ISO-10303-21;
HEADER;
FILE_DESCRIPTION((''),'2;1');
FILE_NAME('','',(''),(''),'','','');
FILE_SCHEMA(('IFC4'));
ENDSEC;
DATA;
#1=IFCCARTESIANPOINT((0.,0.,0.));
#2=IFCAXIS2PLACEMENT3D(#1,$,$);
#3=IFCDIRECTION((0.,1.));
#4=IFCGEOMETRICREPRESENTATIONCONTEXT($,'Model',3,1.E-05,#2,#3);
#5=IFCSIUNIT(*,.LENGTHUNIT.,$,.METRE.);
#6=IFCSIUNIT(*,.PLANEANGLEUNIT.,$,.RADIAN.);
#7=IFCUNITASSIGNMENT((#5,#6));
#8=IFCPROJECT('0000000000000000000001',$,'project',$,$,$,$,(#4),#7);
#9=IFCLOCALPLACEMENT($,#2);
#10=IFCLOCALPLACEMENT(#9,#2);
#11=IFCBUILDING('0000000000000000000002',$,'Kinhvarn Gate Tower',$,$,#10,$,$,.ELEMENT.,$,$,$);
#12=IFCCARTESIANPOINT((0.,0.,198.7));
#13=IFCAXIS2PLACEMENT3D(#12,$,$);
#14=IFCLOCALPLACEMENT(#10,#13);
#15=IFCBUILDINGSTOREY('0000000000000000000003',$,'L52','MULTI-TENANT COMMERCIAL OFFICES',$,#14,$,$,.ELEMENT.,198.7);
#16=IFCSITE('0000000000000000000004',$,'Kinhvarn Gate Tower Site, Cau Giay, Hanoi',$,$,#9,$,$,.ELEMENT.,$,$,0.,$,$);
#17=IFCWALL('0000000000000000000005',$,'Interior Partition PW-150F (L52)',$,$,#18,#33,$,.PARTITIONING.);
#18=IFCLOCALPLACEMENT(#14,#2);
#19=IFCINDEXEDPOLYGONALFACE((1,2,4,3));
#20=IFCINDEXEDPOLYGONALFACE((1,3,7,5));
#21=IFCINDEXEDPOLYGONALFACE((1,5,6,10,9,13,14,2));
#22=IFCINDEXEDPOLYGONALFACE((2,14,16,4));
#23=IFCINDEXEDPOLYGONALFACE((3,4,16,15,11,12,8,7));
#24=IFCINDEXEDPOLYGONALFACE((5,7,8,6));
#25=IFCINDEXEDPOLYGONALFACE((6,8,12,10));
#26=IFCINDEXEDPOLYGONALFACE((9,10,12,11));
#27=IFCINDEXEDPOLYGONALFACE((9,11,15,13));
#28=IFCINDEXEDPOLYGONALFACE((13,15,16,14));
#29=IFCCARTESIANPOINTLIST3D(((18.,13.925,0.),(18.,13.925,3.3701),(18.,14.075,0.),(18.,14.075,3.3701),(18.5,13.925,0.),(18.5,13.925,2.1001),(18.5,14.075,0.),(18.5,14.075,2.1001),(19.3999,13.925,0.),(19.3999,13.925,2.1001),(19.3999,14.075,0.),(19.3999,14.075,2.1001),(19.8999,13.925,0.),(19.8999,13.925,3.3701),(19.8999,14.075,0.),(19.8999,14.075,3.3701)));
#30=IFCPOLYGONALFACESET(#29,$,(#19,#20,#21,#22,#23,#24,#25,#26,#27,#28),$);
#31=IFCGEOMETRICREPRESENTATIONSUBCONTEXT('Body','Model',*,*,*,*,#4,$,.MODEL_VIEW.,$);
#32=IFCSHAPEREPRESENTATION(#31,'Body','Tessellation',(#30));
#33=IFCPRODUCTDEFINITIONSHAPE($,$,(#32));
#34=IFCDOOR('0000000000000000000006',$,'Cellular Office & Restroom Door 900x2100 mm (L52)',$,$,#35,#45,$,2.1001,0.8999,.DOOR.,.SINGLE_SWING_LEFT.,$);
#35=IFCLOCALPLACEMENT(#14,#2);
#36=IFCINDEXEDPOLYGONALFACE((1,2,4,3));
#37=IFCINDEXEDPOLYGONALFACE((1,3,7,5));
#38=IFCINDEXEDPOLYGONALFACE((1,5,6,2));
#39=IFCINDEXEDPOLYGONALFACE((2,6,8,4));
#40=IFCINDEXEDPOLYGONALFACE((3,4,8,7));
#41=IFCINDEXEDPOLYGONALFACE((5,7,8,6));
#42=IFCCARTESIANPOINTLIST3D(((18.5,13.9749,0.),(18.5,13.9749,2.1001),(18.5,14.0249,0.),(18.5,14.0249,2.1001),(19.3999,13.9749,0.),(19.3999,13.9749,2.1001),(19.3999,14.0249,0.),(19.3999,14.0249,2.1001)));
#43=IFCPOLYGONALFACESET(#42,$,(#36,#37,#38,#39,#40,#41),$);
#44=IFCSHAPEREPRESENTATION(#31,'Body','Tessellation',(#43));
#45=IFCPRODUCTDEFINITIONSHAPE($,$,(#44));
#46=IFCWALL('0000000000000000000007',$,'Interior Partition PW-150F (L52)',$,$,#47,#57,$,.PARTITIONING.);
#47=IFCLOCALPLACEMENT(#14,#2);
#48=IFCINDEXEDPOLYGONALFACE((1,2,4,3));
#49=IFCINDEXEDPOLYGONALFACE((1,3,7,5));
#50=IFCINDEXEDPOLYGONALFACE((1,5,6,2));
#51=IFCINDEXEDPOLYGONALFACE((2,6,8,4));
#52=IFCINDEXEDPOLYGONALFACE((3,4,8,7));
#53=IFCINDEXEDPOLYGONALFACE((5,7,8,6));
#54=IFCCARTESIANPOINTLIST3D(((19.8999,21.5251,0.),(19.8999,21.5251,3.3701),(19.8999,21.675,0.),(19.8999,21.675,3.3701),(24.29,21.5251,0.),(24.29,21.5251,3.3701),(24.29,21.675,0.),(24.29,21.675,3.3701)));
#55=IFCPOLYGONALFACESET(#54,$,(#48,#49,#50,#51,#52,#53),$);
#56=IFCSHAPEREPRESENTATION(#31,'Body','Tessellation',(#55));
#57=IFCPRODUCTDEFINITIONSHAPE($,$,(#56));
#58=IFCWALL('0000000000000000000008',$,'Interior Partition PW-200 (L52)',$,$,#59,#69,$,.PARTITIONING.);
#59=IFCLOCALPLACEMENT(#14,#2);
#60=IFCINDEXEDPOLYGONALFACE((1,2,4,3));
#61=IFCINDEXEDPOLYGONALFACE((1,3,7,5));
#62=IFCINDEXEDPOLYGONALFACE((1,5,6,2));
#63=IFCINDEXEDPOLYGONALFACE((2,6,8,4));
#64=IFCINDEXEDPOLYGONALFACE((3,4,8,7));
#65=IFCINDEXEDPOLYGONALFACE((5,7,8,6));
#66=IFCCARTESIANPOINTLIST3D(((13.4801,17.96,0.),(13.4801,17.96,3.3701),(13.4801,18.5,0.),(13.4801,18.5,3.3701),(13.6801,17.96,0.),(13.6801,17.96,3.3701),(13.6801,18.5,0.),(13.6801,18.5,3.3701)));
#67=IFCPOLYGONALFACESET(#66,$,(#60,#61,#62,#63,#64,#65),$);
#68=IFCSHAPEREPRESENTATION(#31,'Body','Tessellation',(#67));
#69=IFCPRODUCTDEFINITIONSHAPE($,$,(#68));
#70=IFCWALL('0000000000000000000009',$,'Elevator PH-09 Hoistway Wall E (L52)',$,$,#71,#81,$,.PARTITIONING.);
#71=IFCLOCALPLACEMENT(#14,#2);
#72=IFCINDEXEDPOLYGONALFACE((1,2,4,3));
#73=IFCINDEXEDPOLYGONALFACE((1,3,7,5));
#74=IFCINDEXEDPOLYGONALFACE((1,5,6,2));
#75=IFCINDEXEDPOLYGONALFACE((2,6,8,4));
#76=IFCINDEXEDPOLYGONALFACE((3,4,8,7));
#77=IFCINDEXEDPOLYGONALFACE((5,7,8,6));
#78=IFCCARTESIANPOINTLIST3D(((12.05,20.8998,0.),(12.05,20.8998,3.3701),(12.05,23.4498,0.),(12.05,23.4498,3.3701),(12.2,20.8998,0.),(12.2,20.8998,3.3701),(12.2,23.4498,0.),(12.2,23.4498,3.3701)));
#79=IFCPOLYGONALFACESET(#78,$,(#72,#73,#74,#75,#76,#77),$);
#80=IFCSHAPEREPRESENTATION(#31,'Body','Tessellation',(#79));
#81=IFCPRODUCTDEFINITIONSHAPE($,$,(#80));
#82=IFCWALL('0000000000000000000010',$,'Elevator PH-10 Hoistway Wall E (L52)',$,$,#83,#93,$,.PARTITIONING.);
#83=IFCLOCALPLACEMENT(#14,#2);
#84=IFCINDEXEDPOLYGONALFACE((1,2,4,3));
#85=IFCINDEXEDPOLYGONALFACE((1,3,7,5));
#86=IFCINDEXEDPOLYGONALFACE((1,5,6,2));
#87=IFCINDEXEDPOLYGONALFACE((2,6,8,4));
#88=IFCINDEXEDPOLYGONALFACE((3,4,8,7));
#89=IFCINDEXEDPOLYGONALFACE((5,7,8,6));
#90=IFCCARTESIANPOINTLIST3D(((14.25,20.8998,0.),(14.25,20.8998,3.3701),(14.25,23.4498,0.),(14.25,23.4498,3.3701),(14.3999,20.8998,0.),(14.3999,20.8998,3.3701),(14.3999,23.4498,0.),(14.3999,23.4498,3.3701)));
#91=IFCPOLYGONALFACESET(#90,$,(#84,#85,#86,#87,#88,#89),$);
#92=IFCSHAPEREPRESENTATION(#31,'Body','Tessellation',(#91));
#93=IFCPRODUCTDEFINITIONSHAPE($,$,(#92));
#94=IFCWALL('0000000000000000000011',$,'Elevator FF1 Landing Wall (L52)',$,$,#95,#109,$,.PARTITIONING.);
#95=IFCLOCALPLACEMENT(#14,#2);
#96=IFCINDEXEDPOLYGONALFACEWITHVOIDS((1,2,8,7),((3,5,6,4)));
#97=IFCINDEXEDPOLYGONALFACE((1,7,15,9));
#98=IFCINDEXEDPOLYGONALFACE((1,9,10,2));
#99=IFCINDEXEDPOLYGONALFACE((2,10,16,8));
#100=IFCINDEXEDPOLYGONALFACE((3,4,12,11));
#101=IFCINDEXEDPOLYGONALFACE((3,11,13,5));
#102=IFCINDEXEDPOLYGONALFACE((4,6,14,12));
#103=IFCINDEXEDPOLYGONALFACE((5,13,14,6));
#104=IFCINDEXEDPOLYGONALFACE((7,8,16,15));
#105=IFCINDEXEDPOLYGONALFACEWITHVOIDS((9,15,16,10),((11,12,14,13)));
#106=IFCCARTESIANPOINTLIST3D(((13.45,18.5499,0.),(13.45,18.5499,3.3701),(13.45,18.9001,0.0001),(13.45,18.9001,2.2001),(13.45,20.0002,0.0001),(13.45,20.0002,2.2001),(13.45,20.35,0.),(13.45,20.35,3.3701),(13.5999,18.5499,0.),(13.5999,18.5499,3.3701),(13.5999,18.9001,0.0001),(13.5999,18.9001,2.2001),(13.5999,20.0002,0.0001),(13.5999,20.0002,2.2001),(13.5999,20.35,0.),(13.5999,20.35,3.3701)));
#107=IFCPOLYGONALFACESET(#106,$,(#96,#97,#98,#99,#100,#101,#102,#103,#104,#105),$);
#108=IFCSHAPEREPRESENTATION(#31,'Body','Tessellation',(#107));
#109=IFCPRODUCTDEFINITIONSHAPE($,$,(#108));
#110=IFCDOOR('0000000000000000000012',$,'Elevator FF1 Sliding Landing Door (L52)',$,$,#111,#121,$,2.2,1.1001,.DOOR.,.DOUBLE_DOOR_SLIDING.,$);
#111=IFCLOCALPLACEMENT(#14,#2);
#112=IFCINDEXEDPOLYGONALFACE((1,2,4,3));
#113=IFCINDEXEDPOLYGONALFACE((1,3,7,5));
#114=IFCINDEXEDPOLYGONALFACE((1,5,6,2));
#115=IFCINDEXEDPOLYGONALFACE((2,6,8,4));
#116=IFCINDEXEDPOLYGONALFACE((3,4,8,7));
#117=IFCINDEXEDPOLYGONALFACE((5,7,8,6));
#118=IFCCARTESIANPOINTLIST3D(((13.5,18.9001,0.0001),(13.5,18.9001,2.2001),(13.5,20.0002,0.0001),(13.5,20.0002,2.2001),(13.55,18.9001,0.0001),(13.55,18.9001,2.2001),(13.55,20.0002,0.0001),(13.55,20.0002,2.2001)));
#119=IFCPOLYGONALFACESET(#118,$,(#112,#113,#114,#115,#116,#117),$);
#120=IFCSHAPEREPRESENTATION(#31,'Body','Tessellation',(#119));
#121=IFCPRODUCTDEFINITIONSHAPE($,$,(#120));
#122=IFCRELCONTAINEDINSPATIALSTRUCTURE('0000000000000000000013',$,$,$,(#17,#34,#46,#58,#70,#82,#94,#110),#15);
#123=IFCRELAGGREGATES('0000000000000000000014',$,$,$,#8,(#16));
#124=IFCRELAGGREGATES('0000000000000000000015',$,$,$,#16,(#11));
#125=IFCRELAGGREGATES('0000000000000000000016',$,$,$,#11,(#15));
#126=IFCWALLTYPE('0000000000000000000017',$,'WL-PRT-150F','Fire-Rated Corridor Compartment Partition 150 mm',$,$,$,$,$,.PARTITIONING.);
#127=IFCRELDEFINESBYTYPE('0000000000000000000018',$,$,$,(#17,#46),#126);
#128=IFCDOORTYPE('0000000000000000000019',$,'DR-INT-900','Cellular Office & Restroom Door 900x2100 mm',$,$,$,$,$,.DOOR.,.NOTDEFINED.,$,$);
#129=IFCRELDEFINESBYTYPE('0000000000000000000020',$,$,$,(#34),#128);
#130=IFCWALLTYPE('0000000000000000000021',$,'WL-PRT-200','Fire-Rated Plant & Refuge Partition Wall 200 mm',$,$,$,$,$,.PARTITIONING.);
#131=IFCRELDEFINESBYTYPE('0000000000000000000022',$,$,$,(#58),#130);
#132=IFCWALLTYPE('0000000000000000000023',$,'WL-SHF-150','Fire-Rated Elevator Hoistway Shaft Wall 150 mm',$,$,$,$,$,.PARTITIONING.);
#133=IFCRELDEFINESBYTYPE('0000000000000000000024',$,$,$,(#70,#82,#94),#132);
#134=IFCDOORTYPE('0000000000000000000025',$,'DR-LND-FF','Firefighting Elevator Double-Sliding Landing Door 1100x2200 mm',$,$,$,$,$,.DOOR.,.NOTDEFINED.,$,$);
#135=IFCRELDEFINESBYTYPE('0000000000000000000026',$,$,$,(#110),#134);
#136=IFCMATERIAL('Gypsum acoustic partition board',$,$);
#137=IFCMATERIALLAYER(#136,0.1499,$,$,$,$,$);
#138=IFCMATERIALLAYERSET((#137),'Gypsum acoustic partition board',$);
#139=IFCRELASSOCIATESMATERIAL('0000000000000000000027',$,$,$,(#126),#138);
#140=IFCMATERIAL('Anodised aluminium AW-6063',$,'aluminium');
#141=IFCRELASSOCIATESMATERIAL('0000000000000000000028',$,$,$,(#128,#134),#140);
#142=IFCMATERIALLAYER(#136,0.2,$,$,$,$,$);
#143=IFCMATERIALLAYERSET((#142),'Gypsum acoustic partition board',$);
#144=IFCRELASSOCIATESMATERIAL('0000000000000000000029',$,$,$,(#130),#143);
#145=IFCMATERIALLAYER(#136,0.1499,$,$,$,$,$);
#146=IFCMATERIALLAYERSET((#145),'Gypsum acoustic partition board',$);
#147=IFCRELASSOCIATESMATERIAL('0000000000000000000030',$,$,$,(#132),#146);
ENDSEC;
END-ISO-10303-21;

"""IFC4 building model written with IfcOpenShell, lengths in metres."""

from ifc_helpers import new_model, si_unit, direction, frame, frame_2d, origin, place, context, subcontext, project, spatial, rectangle, extrude, material, layer, layer_set, type_object, element, fill, save


model = new_model("IFC4")

# Units and contexts
model_context = context("Model", 3, precision=1e-05, world=origin(), true_north=direction((0.0, 1.0)))
body_context = subcontext(model_context, "Body", "Model", "MODEL_VIEW")
ifc_project = project(units=[si_unit("LENGTHUNIT", "METRE"), si_unit("PLANEANGLEUNIT", "RADIAN")], contexts=[model_context])

# Site, building, storey
site_placement = place(None, origin())
site = spatial("IfcSite", under=ifc_project, at=site_placement, Name="Kinhvarn Gate Tower Site, Cau Giay, Hanoi", CompositionType="ELEMENT", RefElevation=0.0)
building_placement = place(site_placement, origin())
building = spatial("IfcBuilding", under=site, at=building_placement, Name="Kinhvarn Gate Tower", CompositionType="ELEMENT")
storey_placement = place(building_placement, frame((0.0, 0.0, 198.7)))
storey = spatial("IfcBuildingStorey", under=building, at=storey_placement, Name="L52", Description="MULTI-TENANT COMMERCIAL OFFICES", CompositionType="ELEMENT", Elevation=198.7)

# Shared definitions
ifc_material_1 = material(Name="Anodised aluminium AW-6063", Category="aluminium")

# Shared definitions
ifc_material_2 = material(Name="Gypsum acoustic partition board")

# Wall, opening, door
ifc_layer_1 = layer(ifc_material_2, 0.1499)
ifc_layer_set_1 = layer_set([ifc_layer_1], Name="Gypsum acoustic partition board")
wall_type_1 = type_object("IfcWallType", Name="WL-PRT-150F", Description="Fire-Rated Corridor Compartment Partition 150 mm", PredefinedType="PARTITIONING", material=ifc_layer_set_1)
door_type_1 = type_object("IfcDoorType", Name="DR-INT-900", Description="Cellular Office & Restroom Door 900x2100 mm", OperationType="NOTDEFINED", PredefinedType="DOOR", material=ifc_material_1)
wall_1_placement = place(storey_placement, frame((18.0, 14.0, 0.0), z_axis=(0.0, 0.0, 1.0), x_axis=(1.0, 0.0, 0.0)))
wall_1 = element("IfcWall", 1, at=wall_1_placement, inside=storey, type_object=wall_type_1, Name="Interior Partition PW-150F (L52)", PredefinedType="PARTITIONING", context=body_context, shape_type="SweptSolid", body=[
    extrude(rectangle(XDim=1.8999, YDim=0.1499, at=frame_2d((0.95, 0.0))), origin(), (0.0, 0.0, 1.0), 3.3701),
])
opening_1_placement = place(wall_1_placement, frame((0.5, 0.0, 0.0)))
opening_1 = element("IfcOpeningElement", 2, at=opening_1_placement, cuts=wall_1, PredefinedType="OPENING", context=body_context, shape_type="SweptSolid", body=[
    extrude(rectangle(XDim=0.8999, YDim=2.1001, at=frame_2d((0.45, 1.05))), frame((0.0, 0.085, 0.0), z_axis=(0.0, -1.0, 0.0), x_axis=(1.0, 0.0, 0.0)), (0.0, 0.0, 1.0), 0.1699),
])
door_1_placement = place(opening_1_placement, origin())
door_1 = element("IfcDoor", 3, at=door_1_placement, inside=storey, type_object=door_type_1, Name="Cellular Office & Restroom Door 900x2100 mm (L52)", OperationType="SINGLE_SWING_LEFT", OverallHeight=2.1001, OverallWidth=0.8999, PredefinedType="DOOR", context=body_context, shape_type="SweptSolid", body=[
    extrude(rectangle(XDim=0.8999, YDim=2.1001, at=frame_2d((0.45, 1.05))), frame((0.0, 0.0249, 0.0), z_axis=(0.0, -1.0, 0.0), x_axis=(1.0, 0.0, 0.0)), (0.0, 0.0, 1.0), 0.05),
])
fill(opening_1, door_1)

# Walls
wall_2_placement = place(storey_placement, frame((19.8999, 21.6001, 0.0), z_axis=(0.0, 0.0, 1.0), x_axis=(1.0, 0.0, 0.0)))
element("IfcWall", 4, at=wall_2_placement, inside=storey, type_object=wall_type_1, Name="Interior Partition PW-150F (L52)", PredefinedType="PARTITIONING", context=body_context, shape_type="SweptSolid", body=[
    extrude(rectangle(XDim=4.3901, YDim=0.1499, at=frame_2d((2.1951, 0.0))), origin(), (0.0, 0.0, 1.0), 3.3701),
])
ifc_layer_2 = layer(ifc_material_2, 0.2)
ifc_layer_set_2 = layer_set([ifc_layer_2], Name="Gypsum acoustic partition board")
wall_type_2 = type_object("IfcWallType", Name="WL-PRT-200", Description="Fire-Rated Plant & Refuge Partition Wall 200 mm", PredefinedType="PARTITIONING", material=ifc_layer_set_2)
wall_3_placement = place(storey_placement, frame((13.5801, 17.96, 0.0), z_axis=(0.0, 0.0, 1.0), x_axis=(0.0, 1.0, 0.0)))
element("IfcWall", 5, at=wall_3_placement, inside=storey, type_object=wall_type_2, Name="Interior Partition PW-200 (L52)", PredefinedType="PARTITIONING", context=body_context, shape_type="SweptSolid", body=[
    extrude(rectangle(XDim=0.54, YDim=0.2, at=frame_2d((0.27, 0.0))), origin(), (0.0, 0.0, 1.0), 3.3701),
])
ifc_layer_3 = layer(ifc_material_2, 0.1499)
ifc_layer_set_3 = layer_set([ifc_layer_3], Name="Gypsum acoustic partition board")
wall_type_3 = type_object("IfcWallType", Name="WL-SHF-150", Description="Fire-Rated Elevator Hoistway Shaft Wall 150 mm", PredefinedType="PARTITIONING", material=ifc_layer_set_3)
for number, where, z_axis, x_axis, name in (
    (6, (12.125, 20.8999, 0.0), (0.0, 0.0, 1.0), (0.0, 1.0, 0.0), "Elevator PH-09 Hoistway Wall E (L52)"),
    (7, (14.325, 20.8999, 0.0), (0.0, 0.0, 1.0), (0.0, 1.0, 0.0), "Elevator PH-10 Hoistway Wall E (L52)"),
):
    element("IfcWall", number, at=place(storey_placement, frame(where, z_axis=z_axis, x_axis=x_axis)), inside=storey, type_object=wall_type_3, Name=name, PredefinedType="PARTITIONING", context=body_context, shape_type="SweptSolid", body=[
        extrude(rectangle(XDim=2.55, YDim=0.1499, at=frame_2d((1.2749, 0.0))), origin(), (0.0, 0.0, 1.0), 3.3701),
    ])

# Wall, opening, door
wall_4_placement = place(storey_placement, frame((13.5249, 18.55, 0.0), z_axis=(0.0, 0.0, 1.0), x_axis=(0.0, 1.0, 0.0)))
wall_4 = element("IfcWall", 8, at=wall_4_placement, inside=storey, type_object=wall_type_3, Name="Elevator FF1 Landing Wall (L52)", PredefinedType="PARTITIONING", context=body_context, shape_type="SweptSolid", body=[
    extrude(rectangle(XDim=1.8, YDim=0.1499, at=frame_2d((0.8999, 0.0))), origin(), (0.0, 0.0, 1.0), 3.3701),
])
opening_2_placement = place(wall_4_placement, frame((0.3501, 0.0, 0.0)))
opening_2 = element("IfcOpeningElement", 9, at=opening_2_placement, cuts=wall_4, PredefinedType="OPENING", context=body_context, shape_type="SweptSolid", body=[
    extrude(rectangle(XDim=1.1001, YDim=2.2, at=frame_2d((0.55, 1.1001))), frame((0.0, 0.085, 0.0), z_axis=(0.0, -1.0, 0.0), x_axis=(1.0, 0.0, 0.0)), (0.0, 0.0, 1.0), 0.1699),
])
door_type_2 = type_object("IfcDoorType", Name="DR-LND-FF", Description="Firefighting Elevator Double-Sliding Landing Door 1100x2200 mm", OperationType="NOTDEFINED", PredefinedType="DOOR", material=ifc_material_1)
door_2_placement = place(opening_2_placement, origin())
door_2 = element("IfcDoor", 10, at=door_2_placement, inside=storey, type_object=door_type_2, Name="Elevator FF1 Sliding Landing Door (L52)", OperationType="DOUBLE_DOOR_SLIDING", OverallHeight=2.2, OverallWidth=1.1001, PredefinedType="DOOR", context=body_context, shape_type="SweptSolid", body=[
    extrude(rectangle(XDim=1.1001, YDim=2.2, at=frame_2d((0.55, 1.1001))), frame((0.0, 0.0249, 0.0), z_axis=(0.0, -1.0, 0.0), x_axis=(1.0, 0.0, 0.0)), (0.0, 0.0, 1.0), 0.05),
])
fill(opening_2, door_2)

save(model, "model.ifc")
